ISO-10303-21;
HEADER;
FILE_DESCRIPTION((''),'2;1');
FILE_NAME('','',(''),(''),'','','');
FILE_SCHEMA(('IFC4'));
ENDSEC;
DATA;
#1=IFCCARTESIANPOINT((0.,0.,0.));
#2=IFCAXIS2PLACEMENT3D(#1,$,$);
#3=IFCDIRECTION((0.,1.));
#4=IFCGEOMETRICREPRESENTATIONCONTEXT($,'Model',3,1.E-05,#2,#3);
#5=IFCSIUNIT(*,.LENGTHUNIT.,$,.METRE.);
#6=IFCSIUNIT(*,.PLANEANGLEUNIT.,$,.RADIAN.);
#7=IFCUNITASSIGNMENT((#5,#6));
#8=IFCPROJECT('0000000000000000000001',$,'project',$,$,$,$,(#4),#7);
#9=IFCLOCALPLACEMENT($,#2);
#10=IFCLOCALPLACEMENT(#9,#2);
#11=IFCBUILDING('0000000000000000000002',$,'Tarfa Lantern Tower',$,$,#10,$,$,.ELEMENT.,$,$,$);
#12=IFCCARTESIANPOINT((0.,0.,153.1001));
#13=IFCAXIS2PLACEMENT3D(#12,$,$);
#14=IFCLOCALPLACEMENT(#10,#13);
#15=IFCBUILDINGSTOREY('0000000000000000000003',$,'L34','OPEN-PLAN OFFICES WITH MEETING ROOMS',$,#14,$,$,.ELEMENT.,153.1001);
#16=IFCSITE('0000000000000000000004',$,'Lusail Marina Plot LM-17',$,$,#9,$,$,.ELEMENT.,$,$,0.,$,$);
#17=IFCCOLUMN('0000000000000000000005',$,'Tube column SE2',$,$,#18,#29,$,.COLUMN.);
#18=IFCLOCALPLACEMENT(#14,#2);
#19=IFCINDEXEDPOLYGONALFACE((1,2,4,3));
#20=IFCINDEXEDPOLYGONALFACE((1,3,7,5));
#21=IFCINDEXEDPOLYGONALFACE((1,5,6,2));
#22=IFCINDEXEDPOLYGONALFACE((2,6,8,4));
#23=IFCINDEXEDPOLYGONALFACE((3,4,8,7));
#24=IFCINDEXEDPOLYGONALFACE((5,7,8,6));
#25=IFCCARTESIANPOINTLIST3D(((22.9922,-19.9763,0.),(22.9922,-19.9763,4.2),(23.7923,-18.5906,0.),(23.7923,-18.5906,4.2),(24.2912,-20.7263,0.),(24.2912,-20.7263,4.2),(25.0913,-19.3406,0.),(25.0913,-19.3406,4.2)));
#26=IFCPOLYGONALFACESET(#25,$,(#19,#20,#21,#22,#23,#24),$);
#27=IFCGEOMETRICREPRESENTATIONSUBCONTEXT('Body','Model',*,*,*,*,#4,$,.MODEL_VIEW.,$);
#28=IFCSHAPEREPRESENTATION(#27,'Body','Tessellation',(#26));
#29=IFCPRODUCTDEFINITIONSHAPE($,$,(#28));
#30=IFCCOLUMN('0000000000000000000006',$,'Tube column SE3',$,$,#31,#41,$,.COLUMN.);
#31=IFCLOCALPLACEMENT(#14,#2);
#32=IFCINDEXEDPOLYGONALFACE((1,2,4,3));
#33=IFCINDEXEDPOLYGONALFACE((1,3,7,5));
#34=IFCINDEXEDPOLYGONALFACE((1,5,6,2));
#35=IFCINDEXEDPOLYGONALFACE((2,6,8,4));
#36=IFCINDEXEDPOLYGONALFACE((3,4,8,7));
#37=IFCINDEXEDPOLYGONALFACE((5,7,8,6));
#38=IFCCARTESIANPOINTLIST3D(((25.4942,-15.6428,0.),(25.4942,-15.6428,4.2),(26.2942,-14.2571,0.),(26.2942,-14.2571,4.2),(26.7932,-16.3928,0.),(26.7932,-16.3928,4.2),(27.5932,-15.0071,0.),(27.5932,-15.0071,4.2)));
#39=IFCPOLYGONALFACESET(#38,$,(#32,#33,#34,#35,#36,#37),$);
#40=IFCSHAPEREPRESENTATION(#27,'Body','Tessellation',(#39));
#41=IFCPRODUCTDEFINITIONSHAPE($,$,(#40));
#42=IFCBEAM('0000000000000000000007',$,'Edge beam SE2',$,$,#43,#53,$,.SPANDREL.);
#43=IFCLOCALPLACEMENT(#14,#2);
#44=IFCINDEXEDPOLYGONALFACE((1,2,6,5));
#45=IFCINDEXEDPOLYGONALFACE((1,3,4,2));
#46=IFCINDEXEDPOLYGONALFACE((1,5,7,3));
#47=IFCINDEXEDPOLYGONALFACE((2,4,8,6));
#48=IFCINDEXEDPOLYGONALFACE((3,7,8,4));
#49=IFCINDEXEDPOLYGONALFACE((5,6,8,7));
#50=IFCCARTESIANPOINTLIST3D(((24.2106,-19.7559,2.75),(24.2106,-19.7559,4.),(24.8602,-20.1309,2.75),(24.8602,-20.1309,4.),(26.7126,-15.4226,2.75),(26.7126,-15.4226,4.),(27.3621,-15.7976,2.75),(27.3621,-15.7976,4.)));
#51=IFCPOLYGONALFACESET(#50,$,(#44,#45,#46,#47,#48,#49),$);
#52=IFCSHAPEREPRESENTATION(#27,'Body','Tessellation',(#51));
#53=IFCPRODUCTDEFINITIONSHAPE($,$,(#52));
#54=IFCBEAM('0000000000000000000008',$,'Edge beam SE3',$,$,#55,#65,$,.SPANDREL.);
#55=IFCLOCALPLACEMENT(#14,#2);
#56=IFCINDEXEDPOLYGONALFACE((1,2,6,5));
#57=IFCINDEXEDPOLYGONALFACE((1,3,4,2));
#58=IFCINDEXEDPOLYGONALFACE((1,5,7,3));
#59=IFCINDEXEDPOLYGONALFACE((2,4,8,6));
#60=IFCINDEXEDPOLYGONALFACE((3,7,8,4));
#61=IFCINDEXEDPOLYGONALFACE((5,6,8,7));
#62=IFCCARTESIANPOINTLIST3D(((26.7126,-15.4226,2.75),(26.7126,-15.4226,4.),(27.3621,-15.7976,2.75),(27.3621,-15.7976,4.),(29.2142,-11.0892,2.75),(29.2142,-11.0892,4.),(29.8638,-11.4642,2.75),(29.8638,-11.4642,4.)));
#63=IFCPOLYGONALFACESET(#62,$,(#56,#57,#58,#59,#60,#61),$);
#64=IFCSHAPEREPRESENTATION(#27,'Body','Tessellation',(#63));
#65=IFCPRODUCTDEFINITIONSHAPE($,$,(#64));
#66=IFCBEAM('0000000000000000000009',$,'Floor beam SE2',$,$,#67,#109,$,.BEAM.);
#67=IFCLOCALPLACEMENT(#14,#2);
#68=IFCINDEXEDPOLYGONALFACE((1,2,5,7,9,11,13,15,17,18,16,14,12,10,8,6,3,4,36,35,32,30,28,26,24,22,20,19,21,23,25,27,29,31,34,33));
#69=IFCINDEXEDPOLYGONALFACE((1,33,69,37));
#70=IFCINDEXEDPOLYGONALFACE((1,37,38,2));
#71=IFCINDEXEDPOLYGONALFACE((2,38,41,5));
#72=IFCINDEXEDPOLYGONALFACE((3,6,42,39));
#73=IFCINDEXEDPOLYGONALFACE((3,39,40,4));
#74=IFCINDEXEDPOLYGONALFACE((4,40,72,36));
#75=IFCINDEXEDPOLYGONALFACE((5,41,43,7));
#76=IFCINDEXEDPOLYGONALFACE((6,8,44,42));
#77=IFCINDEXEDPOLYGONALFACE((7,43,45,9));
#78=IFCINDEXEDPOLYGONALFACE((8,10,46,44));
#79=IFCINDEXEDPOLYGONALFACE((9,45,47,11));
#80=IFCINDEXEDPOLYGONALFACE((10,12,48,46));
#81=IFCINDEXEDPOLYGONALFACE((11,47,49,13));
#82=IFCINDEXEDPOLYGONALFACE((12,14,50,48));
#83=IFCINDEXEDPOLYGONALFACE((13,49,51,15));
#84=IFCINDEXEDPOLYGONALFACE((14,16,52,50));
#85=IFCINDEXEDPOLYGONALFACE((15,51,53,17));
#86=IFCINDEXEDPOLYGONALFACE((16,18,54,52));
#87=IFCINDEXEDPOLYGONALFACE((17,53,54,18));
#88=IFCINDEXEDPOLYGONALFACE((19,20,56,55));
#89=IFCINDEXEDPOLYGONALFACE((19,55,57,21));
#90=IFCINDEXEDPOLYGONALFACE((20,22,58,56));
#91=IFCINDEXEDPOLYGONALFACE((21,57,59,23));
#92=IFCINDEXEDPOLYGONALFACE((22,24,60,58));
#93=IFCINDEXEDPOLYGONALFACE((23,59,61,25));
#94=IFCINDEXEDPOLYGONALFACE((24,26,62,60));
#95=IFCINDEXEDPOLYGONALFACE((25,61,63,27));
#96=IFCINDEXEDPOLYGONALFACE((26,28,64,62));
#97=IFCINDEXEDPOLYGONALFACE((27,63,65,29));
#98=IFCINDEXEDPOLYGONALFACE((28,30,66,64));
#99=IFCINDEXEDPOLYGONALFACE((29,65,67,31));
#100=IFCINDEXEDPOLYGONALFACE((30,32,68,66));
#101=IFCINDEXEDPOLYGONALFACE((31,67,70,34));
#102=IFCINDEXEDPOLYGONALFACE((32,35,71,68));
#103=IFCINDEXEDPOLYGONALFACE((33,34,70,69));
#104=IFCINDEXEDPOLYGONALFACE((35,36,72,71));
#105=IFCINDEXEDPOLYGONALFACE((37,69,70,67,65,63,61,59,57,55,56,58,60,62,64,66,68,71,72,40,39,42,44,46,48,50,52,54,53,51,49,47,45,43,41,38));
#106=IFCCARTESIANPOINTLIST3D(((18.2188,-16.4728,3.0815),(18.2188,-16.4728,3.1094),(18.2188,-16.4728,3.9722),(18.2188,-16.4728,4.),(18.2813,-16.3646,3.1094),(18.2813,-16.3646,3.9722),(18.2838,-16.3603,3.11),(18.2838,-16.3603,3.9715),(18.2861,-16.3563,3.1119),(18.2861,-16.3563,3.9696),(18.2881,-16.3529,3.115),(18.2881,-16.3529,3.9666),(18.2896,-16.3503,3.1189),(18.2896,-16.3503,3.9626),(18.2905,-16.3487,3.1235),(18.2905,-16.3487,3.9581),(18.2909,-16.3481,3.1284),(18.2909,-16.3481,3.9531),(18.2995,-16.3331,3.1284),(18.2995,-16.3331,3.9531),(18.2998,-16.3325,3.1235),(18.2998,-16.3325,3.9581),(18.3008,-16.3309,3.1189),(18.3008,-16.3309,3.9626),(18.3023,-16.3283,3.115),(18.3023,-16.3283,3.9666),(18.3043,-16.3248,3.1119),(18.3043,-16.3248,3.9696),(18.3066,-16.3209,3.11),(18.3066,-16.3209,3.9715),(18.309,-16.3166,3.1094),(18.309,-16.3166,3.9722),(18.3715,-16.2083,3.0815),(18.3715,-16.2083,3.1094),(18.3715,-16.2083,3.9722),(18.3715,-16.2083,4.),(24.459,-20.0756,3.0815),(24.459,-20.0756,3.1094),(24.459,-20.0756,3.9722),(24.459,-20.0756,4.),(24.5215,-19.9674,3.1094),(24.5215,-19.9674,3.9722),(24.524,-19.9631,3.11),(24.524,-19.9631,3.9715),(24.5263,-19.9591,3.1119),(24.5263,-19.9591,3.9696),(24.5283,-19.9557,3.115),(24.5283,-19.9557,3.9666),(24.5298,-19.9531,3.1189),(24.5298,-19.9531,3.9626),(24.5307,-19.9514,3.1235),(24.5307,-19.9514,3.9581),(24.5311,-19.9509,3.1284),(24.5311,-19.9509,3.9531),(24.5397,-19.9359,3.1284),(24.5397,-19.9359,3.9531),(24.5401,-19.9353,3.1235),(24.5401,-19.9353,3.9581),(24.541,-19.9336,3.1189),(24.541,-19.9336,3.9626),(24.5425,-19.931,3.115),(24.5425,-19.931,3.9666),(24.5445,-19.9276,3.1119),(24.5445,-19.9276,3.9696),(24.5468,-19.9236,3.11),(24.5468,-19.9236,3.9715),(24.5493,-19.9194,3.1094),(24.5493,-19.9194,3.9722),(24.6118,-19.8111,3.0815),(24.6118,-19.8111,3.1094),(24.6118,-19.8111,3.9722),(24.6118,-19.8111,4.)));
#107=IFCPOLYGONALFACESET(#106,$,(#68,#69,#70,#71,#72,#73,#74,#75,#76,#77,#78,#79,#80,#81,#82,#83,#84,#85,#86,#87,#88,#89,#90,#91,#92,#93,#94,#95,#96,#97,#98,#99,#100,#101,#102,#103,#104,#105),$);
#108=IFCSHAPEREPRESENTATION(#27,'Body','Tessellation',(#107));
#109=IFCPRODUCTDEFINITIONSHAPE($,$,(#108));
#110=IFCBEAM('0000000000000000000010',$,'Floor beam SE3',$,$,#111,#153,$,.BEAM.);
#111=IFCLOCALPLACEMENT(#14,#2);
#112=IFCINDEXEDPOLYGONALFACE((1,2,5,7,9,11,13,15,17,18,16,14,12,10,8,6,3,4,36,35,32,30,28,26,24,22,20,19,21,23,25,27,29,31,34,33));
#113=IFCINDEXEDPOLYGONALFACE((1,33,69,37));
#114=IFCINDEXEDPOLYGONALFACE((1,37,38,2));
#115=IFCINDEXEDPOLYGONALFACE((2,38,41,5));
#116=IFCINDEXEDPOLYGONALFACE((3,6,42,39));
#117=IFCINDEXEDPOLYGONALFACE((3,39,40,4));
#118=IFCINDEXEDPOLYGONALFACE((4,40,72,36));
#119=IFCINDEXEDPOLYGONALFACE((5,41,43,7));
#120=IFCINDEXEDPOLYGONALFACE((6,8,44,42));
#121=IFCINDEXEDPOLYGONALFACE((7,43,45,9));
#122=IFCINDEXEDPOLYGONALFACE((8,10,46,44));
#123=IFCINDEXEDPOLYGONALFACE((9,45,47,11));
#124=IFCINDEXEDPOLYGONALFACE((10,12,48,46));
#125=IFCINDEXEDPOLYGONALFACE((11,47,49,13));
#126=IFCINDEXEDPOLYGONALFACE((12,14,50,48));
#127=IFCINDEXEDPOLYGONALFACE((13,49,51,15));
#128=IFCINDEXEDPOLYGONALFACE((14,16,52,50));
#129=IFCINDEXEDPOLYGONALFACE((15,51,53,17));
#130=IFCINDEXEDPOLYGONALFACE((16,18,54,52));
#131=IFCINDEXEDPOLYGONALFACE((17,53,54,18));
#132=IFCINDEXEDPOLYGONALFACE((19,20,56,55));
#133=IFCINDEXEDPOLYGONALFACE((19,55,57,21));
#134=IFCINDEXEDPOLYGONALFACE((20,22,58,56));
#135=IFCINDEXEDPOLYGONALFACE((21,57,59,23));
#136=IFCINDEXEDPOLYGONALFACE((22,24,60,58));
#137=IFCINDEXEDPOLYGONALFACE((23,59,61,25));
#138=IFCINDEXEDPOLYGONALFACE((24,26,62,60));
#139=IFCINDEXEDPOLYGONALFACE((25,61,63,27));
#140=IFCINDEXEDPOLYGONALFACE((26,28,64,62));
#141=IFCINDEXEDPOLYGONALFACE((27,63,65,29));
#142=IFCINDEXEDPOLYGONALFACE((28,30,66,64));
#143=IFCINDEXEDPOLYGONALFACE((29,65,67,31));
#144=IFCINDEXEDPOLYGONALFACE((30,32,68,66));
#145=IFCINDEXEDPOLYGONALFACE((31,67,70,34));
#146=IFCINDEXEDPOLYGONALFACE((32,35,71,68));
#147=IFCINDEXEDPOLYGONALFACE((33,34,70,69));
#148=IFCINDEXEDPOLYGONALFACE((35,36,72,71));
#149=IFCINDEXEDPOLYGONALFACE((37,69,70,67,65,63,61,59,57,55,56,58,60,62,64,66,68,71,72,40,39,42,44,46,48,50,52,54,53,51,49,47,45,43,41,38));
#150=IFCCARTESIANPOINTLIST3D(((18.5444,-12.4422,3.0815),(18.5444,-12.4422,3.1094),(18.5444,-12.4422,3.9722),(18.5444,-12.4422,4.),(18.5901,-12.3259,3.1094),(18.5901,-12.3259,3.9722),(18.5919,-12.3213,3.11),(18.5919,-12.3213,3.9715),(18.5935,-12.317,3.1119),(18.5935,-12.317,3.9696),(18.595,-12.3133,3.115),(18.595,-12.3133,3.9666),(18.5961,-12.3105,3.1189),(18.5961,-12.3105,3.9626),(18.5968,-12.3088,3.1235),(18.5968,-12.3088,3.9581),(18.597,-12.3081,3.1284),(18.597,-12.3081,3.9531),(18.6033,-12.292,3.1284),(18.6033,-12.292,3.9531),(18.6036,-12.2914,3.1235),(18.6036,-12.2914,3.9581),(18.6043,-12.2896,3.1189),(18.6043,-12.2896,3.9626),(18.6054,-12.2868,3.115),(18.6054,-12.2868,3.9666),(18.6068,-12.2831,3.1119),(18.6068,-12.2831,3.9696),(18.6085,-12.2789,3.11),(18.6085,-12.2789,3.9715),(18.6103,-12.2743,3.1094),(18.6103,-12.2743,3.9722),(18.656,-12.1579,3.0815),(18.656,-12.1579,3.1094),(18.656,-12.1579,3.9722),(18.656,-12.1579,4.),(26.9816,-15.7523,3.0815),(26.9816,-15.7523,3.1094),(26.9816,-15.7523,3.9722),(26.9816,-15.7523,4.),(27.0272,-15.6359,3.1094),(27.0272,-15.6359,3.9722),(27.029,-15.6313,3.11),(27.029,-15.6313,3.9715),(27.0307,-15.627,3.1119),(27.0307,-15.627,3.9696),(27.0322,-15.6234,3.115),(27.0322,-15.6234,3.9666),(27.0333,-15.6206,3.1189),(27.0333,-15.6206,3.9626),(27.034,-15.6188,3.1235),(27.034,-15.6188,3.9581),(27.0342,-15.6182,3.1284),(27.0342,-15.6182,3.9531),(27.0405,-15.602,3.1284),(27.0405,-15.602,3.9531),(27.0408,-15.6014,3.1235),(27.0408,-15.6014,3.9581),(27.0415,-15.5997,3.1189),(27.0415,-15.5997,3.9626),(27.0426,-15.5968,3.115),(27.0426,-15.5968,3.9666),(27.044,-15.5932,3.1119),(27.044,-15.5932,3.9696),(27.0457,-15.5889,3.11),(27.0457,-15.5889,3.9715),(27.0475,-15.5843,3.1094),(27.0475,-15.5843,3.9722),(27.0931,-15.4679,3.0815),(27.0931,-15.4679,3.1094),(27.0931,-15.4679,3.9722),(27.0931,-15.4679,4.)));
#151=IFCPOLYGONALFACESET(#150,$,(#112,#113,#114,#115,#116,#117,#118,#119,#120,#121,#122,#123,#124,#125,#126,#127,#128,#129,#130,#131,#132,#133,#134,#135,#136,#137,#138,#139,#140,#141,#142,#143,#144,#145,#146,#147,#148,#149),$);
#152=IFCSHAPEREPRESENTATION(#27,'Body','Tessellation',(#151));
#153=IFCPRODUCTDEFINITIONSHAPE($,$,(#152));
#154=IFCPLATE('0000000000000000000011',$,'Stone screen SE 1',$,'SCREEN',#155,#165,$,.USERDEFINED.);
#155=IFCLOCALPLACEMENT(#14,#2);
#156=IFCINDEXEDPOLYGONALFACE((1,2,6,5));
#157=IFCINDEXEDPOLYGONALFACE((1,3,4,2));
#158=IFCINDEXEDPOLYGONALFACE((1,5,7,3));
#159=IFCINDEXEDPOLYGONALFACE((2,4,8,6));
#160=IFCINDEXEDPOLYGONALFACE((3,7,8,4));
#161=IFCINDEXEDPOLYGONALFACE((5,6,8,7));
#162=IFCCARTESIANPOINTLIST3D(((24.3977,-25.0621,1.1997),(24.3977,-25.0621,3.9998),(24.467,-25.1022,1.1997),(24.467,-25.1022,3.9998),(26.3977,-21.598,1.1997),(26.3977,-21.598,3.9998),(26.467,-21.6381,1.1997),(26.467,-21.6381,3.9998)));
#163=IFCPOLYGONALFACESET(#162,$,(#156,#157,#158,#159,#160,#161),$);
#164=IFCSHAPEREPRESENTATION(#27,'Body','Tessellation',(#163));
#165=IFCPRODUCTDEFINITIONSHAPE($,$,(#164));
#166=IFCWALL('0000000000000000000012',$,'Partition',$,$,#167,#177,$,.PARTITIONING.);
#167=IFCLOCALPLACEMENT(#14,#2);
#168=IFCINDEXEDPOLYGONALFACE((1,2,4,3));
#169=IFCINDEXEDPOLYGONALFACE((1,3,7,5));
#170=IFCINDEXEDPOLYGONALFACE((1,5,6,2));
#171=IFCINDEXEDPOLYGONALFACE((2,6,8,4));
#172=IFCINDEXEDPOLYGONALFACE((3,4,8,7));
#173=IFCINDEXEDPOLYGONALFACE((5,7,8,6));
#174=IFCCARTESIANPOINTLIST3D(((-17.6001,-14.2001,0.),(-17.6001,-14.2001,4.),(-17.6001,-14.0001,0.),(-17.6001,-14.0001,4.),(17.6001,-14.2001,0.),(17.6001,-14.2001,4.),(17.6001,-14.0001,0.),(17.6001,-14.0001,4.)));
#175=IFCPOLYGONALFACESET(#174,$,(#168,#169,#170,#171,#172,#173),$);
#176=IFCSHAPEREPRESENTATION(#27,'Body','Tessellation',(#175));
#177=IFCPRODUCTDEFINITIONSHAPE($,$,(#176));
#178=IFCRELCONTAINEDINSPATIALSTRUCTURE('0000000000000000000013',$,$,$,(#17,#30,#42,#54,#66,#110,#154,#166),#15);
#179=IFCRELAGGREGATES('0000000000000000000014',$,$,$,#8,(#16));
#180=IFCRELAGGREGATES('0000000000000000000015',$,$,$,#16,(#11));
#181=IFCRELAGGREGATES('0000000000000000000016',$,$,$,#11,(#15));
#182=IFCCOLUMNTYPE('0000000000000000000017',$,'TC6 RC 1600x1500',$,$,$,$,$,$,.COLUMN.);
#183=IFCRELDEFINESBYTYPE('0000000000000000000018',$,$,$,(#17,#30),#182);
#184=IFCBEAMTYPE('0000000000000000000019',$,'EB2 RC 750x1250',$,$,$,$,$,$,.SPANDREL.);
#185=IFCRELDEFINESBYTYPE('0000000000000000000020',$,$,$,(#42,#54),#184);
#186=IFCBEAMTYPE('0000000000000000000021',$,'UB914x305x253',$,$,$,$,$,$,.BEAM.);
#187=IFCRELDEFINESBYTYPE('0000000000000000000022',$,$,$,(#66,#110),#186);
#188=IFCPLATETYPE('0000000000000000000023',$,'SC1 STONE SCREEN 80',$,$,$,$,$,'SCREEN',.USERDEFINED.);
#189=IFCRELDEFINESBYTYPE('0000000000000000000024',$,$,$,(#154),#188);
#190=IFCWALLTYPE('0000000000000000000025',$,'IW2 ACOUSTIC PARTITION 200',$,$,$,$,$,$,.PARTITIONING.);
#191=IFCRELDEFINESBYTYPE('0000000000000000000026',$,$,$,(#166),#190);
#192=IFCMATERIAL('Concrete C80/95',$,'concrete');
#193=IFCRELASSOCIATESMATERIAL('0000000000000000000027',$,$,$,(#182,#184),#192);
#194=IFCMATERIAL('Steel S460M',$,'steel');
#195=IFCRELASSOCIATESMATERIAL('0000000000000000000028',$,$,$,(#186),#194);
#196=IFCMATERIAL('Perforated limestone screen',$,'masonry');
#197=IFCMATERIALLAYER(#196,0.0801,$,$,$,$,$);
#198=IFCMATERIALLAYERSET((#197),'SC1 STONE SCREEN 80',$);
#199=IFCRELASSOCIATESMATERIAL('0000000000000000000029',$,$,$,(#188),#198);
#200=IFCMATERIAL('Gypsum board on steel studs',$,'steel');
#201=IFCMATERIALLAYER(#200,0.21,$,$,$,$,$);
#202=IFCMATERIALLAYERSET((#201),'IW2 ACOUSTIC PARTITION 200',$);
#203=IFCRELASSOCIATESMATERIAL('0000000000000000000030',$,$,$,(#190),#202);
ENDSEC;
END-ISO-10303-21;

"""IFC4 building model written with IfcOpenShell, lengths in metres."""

from ifc_helpers import new_model, si_unit, direction, frame, frame_2d, origin, origin_2d, place, context, subcontext, project, spatial, rectangle, i_section, extrude, material, layer, layer_set, material_profile, profile_set, type_object, element, save


model = new_model("IFC4")

# Units and contexts
model_context = context("Model", 3, precision=1e-05, world=origin(), true_north=direction((0.0, 1.0)))
body_context = subcontext(model_context, "Body", "Model", "MODEL_VIEW")
ifc_project = project(units=[si_unit("LENGTHUNIT", "METRE"), si_unit("PLANEANGLEUNIT", "RADIAN")], contexts=[model_context])

# Site, building, storey
site_placement = place(None, origin())
site = spatial("IfcSite", under=ifc_project, at=site_placement, Name="Lusail Marina Plot LM-17", CompositionType="ELEMENT", RefElevation=0.0)
building_placement = place(site_placement, origin())
building = spatial("IfcBuilding", under=site, at=building_placement, Name="Tarfa Lantern Tower", CompositionType="ELEMENT")
storey_placement = place(building_placement, frame((0.0, 0.0, 153.1001)))
storey = spatial("IfcBuildingStorey", under=building, at=storey_placement, Name="L34", Description="OPEN-PLAN OFFICES WITH MEETING ROOMS", CompositionType="ELEMENT", Elevation=153.1001)

# Columns
ifc_material_1 = material(Name="Concrete C80/95", Category="concrete")
ifc_material_profile_1 = material_profile(ifc_material_1, rectangle(XDim=1.6001, YDim=1.5, at=origin_2d()), Name="RC 1600x1500")
ifc_profile_set_1 = profile_set([ifc_material_profile_1], Name="Concrete C80/95")
column_type = type_object("IfcColumnType", Name="TC6 RC 1600x1500", PredefinedType="COLUMN", material=ifc_profile_set_1)
for number, where, z_axis, x_axis, name in (
    (1, (24.0417, -19.6584, 0.0), (0.0, 0.0, 1.0), (0.5, 0.866025, 0.0), "Tube column SE2"),
    (2, (26.5437, -15.325, 0.0), (0.0, 0.0, 1.0), (0.5, 0.866025, 0.0), "Tube column SE3"),
):
    element("IfcColumn", number, at=place(storey_placement, frame(where, z_axis=z_axis, x_axis=x_axis)), inside=storey, type_object=column_type, Name=name, PredefinedType="COLUMN", context=body_context, shape_type="SweptSolid", body=[
        extrude(rectangle(XDim=1.6001, YDim=1.5, at=origin_2d()), origin(), (0.0, 0.0, 1.0), 4.2),
    ])

# Beams
ifc_material_profile_2 = material_profile(ifc_material_1, rectangle(XDim=0.75, YDim=1.25, at=origin_2d()), Name="RC 750x1250")
ifc_profile_set_2 = profile_set([ifc_material_profile_2], Name="Concrete C80/95")
beam_type_1 = type_object("IfcBeamType", Name="EB2 RC 750x1250", PredefinedType="SPANDREL", material=ifc_profile_set_2)
for number, where, z_axis, x_axis, name in (
    (3, (24.5354, -19.9434, 3.375), (0.500022, 0.866013, 0.0), (-0.866013, 0.500022, 0.0), "Edge beam SE2"),
    (4, (27.0374, -15.6101, 3.375), (0.499965, 0.866046, 0.0), (-0.866046, 0.499965, 0.0), "Edge beam SE3"),
):
    element("IfcBeam", number, at=place(storey_placement, frame(where, z_axis=z_axis, x_axis=x_axis)), inside=storey, type_object=beam_type_1, Name=name, PredefinedType="SPANDREL", context=body_context, shape_type="SweptSolid", body=[
        extrude(rectangle(XDim=0.75, YDim=1.25, at=origin_2d()), origin(), (0.0, 0.0, 1.0), 5.0037),
    ])
ifc_material_2 = material(Name="Steel S460M", Category="steel")
ifc_material_profile_3 = material_profile(ifc_material_2, i_section(OverallWidth=0.3054, OverallDepth=0.9185, WebThickness=0.0173, FlangeThickness=0.0278, FilletRadius=0.019, at=origin_2d()), Name="UB914x305x253")
ifc_profile_set_3 = profile_set([ifc_material_profile_3], Name="Steel S460M")
beam_type_2 = type_object("IfcBeamType", Name="UB914x305x253", PredefinedType="BEAM", material=ifc_profile_set_3)
beam_1_placement = place(storey_placement, frame((24.5354, -19.9434, 3.5408), z_axis=(-0.866026, 0.499998, 0.0), x_axis=(-0.499998, -0.866026, 0.0)))
element("IfcBeam", 5, at=beam_1_placement, inside=storey, type_object=beam_type_2, Name="Floor beam SE2", PredefinedType="BEAM", context=body_context, shape_type="SweptSolid", body=[
    extrude(i_section(OverallWidth=0.3054, OverallDepth=0.9185, WebThickness=0.0173, FlangeThickness=0.0278, FilletRadius=0.019, at=origin_2d()), origin(), (0.0, 0.0, 1.0), 7.2056),
])
beam_2_placement = place(storey_placement, frame((27.0374, -15.6101, 3.5408), z_axis=(-0.930923, 0.365215, 0.0), x_axis=(-0.365215, -0.930923, 0.0)))
element("IfcBeam", 6, at=beam_2_placement, inside=storey, type_object=beam_type_2, Name="Floor beam SE3", PredefinedType="BEAM", context=body_context, shape_type="SweptSolid", body=[
    extrude(i_section(OverallWidth=0.3054, OverallDepth=0.9185, WebThickness=0.0173, FlangeThickness=0.0278, FilletRadius=0.019, at=origin_2d()), origin(), (0.0, 0.0, 1.0), 9.0632),
])

# Plate
ifc_material_3 = material(Name="Perforated limestone screen", Category="masonry")
ifc_layer_1 = layer(ifc_material_3, 0.0801)
ifc_layer_set_1 = layer_set([ifc_layer_1], Name="SC1 STONE SCREEN 80")
plate_type = type_object("IfcPlateType", Name="SC1 STONE SCREEN 80", ElementType="SCREEN", PredefinedType="USERDEFINED", material=ifc_layer_set_1)
plate_placement = place(storey_placement, frame((25.4324, -23.3501, 1.1997), z_axis=(0.0, 0.0, 1.0), x_axis=(0.5, 0.866025, 0.0)))
element("IfcPlate", 7, at=plate_placement, inside=storey, type_object=plate_type, Name="Stone screen SE 1", ObjectType="SCREEN", PredefinedType="USERDEFINED", context=body_context, shape_type="SweptSolid", body=[
    extrude(rectangle(XDim=4.0, YDim=0.0801, at=origin_2d()), origin(), (0.0, 0.0, 1.0), 2.8),
])

# Wall
ifc_material_4 = material(Name="Gypsum board on steel studs", Category="steel")
ifc_layer_2 = layer(ifc_material_4, 0.21)
ifc_layer_set_2 = layer_set([ifc_layer_2], Name="IW2 ACOUSTIC PARTITION 200")
wall_type = type_object("IfcWallType", Name="IW2 ACOUSTIC PARTITION 200", PredefinedType="PARTITIONING", material=ifc_layer_set_2)
wall_1_placement = place(storey_placement, frame((17.6001, -14.1001, 0.0), z_axis=(0.0, 0.0, 1.0), x_axis=(-1.0, 0.0, 0.0)))
element("IfcWall", 8, at=wall_1_placement, inside=storey, type_object=wall_type, Name="Partition", PredefinedType="PARTITIONING", context=body_context, shape_type="SweptSolid", body=[
    extrude(rectangle(XDim=35.2002, YDim=0.2, at=frame_2d((17.6001, 0.0))), origin(), (0.0, 0.0, 1.0), 4.0),
])

save(model, "model.ifc")
